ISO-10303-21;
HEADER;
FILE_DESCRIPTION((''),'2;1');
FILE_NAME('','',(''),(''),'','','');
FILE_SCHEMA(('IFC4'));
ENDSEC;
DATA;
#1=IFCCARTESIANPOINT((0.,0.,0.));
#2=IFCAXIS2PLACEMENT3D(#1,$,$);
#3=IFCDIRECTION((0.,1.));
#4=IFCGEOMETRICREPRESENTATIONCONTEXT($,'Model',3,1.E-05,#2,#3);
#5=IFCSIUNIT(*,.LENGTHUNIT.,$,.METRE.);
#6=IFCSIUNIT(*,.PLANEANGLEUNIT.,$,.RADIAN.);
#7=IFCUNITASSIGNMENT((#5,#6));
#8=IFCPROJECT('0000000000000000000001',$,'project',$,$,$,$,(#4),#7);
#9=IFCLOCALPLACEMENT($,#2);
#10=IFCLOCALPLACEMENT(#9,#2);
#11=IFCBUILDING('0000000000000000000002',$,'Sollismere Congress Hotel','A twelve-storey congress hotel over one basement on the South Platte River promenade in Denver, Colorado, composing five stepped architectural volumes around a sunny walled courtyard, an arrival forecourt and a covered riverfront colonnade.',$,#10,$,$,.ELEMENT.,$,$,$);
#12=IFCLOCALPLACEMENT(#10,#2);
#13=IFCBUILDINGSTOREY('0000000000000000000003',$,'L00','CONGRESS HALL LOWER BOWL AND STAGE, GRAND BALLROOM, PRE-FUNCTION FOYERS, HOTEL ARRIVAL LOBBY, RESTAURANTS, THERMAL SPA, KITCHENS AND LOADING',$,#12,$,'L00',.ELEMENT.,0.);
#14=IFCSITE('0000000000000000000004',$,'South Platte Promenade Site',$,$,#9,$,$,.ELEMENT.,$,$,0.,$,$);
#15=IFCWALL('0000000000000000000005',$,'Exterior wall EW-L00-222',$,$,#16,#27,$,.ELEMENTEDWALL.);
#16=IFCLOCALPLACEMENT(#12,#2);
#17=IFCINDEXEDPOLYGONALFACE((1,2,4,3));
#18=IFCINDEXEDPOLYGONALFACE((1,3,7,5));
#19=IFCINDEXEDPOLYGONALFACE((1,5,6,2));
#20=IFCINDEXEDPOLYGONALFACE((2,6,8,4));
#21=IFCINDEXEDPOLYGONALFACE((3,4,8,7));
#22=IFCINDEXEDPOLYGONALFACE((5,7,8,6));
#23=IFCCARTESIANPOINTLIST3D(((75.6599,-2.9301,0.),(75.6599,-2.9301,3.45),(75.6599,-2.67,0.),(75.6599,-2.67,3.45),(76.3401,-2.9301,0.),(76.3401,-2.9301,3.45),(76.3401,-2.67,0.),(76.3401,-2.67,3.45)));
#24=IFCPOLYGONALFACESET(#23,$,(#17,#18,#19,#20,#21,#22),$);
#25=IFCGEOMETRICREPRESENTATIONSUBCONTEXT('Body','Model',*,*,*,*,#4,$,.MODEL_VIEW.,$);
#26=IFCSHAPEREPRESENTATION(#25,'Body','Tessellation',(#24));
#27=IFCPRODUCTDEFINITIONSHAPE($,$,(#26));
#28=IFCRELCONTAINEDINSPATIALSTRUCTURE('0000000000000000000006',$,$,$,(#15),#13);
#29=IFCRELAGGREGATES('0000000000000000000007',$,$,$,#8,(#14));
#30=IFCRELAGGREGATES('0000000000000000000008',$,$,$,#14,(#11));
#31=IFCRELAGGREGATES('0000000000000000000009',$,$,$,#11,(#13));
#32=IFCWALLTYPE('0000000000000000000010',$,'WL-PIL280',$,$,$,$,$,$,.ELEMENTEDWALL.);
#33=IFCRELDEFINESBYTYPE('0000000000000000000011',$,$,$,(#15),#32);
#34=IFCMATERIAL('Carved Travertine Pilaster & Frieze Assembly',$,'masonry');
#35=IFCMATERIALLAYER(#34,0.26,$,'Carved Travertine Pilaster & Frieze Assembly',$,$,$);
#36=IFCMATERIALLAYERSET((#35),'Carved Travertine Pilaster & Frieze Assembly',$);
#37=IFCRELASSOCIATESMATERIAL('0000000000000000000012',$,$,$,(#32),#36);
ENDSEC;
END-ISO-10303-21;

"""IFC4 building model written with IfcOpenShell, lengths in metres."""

from ifc_helpers import new_model, si_unit, direction, frame, frame_2d, origin, place, context, subcontext, project, spatial, rectangle, extrude, material, layer, layer_set, type_object, element, save


model = new_model("IFC4")

# Units and contexts
model_context = context("Model", 3, precision=1e-05, world=origin(), true_north=direction((0.0, 1.0)))
body_context = subcontext(model_context, "Body", "Model", "MODEL_VIEW")
ifc_project = project(units=[si_unit("LENGTHUNIT", "METRE"), si_unit("PLANEANGLEUNIT", "RADIAN")], contexts=[model_context])

# Site, building, storey
site_placement = place(None, origin())
site = spatial("IfcSite", under=ifc_project, at=site_placement, Name="South Platte Promenade Site", CompositionType="ELEMENT", RefElevation=0.0)
building_placement = place(site_placement, origin())
building = spatial("IfcBuilding", under=site, at=building_placement, Name="Sollismere Congress Hotel", Description="A twelve-storey congress hotel over one basement on the South Platte River promenade in Denver, Colorado, composing five stepped architectural volumes around a sunny walled courtyard, an arrival forecourt and a covered riverfront colonnade.", CompositionType="ELEMENT")
storey_placement = place(building_placement, origin())
storey = spatial("IfcBuildingStorey", under=building, at=storey_placement, Name="L00", Description="CONGRESS HALL LOWER BOWL AND STAGE, GRAND BALLROOM, PRE-FUNCTION FOYERS, HOTEL ARRIVAL LOBBY, RESTAURANTS, THERMAL SPA, KITCHENS AND LOADING", LongName="L00", CompositionType="ELEMENT", Elevation=0.0)

# Wall
ifc_material_1 = material(Name="Carved Travertine Pilaster & Frieze Assembly", Category="masonry")
ifc_layer_1 = layer(ifc_material_1, 0.26, Name="Carved Travertine Pilaster & Frieze Assembly")
ifc_layer_set_1 = layer_set([ifc_layer_1], Name="Carved Travertine Pilaster & Frieze Assembly")
wall_type = type_object("IfcWallType", Name="WL-PIL280", PredefinedType="ELEMENTEDWALL", material=ifc_layer_set_1)
wall_placement = place(storey_placement, frame((75.6599, -2.8, 0.0), z_axis=(0.0, 0.0, 1.0), x_axis=(1.0, 0.0, 0.0)))
element("IfcWall", 1, at=wall_placement, inside=storey, type_object=wall_type, Name="Exterior wall EW-L00-222", PredefinedType="ELEMENTEDWALL", context=body_context, shape_type="SweptSolid", body=[
    extrude(rectangle(XDim=0.6802, YDim=0.26, at=frame_2d((0.3401, 0.0))), origin(), (0.0, 0.0, 1.0), 3.45),
])

save(model, "model.ifc")
